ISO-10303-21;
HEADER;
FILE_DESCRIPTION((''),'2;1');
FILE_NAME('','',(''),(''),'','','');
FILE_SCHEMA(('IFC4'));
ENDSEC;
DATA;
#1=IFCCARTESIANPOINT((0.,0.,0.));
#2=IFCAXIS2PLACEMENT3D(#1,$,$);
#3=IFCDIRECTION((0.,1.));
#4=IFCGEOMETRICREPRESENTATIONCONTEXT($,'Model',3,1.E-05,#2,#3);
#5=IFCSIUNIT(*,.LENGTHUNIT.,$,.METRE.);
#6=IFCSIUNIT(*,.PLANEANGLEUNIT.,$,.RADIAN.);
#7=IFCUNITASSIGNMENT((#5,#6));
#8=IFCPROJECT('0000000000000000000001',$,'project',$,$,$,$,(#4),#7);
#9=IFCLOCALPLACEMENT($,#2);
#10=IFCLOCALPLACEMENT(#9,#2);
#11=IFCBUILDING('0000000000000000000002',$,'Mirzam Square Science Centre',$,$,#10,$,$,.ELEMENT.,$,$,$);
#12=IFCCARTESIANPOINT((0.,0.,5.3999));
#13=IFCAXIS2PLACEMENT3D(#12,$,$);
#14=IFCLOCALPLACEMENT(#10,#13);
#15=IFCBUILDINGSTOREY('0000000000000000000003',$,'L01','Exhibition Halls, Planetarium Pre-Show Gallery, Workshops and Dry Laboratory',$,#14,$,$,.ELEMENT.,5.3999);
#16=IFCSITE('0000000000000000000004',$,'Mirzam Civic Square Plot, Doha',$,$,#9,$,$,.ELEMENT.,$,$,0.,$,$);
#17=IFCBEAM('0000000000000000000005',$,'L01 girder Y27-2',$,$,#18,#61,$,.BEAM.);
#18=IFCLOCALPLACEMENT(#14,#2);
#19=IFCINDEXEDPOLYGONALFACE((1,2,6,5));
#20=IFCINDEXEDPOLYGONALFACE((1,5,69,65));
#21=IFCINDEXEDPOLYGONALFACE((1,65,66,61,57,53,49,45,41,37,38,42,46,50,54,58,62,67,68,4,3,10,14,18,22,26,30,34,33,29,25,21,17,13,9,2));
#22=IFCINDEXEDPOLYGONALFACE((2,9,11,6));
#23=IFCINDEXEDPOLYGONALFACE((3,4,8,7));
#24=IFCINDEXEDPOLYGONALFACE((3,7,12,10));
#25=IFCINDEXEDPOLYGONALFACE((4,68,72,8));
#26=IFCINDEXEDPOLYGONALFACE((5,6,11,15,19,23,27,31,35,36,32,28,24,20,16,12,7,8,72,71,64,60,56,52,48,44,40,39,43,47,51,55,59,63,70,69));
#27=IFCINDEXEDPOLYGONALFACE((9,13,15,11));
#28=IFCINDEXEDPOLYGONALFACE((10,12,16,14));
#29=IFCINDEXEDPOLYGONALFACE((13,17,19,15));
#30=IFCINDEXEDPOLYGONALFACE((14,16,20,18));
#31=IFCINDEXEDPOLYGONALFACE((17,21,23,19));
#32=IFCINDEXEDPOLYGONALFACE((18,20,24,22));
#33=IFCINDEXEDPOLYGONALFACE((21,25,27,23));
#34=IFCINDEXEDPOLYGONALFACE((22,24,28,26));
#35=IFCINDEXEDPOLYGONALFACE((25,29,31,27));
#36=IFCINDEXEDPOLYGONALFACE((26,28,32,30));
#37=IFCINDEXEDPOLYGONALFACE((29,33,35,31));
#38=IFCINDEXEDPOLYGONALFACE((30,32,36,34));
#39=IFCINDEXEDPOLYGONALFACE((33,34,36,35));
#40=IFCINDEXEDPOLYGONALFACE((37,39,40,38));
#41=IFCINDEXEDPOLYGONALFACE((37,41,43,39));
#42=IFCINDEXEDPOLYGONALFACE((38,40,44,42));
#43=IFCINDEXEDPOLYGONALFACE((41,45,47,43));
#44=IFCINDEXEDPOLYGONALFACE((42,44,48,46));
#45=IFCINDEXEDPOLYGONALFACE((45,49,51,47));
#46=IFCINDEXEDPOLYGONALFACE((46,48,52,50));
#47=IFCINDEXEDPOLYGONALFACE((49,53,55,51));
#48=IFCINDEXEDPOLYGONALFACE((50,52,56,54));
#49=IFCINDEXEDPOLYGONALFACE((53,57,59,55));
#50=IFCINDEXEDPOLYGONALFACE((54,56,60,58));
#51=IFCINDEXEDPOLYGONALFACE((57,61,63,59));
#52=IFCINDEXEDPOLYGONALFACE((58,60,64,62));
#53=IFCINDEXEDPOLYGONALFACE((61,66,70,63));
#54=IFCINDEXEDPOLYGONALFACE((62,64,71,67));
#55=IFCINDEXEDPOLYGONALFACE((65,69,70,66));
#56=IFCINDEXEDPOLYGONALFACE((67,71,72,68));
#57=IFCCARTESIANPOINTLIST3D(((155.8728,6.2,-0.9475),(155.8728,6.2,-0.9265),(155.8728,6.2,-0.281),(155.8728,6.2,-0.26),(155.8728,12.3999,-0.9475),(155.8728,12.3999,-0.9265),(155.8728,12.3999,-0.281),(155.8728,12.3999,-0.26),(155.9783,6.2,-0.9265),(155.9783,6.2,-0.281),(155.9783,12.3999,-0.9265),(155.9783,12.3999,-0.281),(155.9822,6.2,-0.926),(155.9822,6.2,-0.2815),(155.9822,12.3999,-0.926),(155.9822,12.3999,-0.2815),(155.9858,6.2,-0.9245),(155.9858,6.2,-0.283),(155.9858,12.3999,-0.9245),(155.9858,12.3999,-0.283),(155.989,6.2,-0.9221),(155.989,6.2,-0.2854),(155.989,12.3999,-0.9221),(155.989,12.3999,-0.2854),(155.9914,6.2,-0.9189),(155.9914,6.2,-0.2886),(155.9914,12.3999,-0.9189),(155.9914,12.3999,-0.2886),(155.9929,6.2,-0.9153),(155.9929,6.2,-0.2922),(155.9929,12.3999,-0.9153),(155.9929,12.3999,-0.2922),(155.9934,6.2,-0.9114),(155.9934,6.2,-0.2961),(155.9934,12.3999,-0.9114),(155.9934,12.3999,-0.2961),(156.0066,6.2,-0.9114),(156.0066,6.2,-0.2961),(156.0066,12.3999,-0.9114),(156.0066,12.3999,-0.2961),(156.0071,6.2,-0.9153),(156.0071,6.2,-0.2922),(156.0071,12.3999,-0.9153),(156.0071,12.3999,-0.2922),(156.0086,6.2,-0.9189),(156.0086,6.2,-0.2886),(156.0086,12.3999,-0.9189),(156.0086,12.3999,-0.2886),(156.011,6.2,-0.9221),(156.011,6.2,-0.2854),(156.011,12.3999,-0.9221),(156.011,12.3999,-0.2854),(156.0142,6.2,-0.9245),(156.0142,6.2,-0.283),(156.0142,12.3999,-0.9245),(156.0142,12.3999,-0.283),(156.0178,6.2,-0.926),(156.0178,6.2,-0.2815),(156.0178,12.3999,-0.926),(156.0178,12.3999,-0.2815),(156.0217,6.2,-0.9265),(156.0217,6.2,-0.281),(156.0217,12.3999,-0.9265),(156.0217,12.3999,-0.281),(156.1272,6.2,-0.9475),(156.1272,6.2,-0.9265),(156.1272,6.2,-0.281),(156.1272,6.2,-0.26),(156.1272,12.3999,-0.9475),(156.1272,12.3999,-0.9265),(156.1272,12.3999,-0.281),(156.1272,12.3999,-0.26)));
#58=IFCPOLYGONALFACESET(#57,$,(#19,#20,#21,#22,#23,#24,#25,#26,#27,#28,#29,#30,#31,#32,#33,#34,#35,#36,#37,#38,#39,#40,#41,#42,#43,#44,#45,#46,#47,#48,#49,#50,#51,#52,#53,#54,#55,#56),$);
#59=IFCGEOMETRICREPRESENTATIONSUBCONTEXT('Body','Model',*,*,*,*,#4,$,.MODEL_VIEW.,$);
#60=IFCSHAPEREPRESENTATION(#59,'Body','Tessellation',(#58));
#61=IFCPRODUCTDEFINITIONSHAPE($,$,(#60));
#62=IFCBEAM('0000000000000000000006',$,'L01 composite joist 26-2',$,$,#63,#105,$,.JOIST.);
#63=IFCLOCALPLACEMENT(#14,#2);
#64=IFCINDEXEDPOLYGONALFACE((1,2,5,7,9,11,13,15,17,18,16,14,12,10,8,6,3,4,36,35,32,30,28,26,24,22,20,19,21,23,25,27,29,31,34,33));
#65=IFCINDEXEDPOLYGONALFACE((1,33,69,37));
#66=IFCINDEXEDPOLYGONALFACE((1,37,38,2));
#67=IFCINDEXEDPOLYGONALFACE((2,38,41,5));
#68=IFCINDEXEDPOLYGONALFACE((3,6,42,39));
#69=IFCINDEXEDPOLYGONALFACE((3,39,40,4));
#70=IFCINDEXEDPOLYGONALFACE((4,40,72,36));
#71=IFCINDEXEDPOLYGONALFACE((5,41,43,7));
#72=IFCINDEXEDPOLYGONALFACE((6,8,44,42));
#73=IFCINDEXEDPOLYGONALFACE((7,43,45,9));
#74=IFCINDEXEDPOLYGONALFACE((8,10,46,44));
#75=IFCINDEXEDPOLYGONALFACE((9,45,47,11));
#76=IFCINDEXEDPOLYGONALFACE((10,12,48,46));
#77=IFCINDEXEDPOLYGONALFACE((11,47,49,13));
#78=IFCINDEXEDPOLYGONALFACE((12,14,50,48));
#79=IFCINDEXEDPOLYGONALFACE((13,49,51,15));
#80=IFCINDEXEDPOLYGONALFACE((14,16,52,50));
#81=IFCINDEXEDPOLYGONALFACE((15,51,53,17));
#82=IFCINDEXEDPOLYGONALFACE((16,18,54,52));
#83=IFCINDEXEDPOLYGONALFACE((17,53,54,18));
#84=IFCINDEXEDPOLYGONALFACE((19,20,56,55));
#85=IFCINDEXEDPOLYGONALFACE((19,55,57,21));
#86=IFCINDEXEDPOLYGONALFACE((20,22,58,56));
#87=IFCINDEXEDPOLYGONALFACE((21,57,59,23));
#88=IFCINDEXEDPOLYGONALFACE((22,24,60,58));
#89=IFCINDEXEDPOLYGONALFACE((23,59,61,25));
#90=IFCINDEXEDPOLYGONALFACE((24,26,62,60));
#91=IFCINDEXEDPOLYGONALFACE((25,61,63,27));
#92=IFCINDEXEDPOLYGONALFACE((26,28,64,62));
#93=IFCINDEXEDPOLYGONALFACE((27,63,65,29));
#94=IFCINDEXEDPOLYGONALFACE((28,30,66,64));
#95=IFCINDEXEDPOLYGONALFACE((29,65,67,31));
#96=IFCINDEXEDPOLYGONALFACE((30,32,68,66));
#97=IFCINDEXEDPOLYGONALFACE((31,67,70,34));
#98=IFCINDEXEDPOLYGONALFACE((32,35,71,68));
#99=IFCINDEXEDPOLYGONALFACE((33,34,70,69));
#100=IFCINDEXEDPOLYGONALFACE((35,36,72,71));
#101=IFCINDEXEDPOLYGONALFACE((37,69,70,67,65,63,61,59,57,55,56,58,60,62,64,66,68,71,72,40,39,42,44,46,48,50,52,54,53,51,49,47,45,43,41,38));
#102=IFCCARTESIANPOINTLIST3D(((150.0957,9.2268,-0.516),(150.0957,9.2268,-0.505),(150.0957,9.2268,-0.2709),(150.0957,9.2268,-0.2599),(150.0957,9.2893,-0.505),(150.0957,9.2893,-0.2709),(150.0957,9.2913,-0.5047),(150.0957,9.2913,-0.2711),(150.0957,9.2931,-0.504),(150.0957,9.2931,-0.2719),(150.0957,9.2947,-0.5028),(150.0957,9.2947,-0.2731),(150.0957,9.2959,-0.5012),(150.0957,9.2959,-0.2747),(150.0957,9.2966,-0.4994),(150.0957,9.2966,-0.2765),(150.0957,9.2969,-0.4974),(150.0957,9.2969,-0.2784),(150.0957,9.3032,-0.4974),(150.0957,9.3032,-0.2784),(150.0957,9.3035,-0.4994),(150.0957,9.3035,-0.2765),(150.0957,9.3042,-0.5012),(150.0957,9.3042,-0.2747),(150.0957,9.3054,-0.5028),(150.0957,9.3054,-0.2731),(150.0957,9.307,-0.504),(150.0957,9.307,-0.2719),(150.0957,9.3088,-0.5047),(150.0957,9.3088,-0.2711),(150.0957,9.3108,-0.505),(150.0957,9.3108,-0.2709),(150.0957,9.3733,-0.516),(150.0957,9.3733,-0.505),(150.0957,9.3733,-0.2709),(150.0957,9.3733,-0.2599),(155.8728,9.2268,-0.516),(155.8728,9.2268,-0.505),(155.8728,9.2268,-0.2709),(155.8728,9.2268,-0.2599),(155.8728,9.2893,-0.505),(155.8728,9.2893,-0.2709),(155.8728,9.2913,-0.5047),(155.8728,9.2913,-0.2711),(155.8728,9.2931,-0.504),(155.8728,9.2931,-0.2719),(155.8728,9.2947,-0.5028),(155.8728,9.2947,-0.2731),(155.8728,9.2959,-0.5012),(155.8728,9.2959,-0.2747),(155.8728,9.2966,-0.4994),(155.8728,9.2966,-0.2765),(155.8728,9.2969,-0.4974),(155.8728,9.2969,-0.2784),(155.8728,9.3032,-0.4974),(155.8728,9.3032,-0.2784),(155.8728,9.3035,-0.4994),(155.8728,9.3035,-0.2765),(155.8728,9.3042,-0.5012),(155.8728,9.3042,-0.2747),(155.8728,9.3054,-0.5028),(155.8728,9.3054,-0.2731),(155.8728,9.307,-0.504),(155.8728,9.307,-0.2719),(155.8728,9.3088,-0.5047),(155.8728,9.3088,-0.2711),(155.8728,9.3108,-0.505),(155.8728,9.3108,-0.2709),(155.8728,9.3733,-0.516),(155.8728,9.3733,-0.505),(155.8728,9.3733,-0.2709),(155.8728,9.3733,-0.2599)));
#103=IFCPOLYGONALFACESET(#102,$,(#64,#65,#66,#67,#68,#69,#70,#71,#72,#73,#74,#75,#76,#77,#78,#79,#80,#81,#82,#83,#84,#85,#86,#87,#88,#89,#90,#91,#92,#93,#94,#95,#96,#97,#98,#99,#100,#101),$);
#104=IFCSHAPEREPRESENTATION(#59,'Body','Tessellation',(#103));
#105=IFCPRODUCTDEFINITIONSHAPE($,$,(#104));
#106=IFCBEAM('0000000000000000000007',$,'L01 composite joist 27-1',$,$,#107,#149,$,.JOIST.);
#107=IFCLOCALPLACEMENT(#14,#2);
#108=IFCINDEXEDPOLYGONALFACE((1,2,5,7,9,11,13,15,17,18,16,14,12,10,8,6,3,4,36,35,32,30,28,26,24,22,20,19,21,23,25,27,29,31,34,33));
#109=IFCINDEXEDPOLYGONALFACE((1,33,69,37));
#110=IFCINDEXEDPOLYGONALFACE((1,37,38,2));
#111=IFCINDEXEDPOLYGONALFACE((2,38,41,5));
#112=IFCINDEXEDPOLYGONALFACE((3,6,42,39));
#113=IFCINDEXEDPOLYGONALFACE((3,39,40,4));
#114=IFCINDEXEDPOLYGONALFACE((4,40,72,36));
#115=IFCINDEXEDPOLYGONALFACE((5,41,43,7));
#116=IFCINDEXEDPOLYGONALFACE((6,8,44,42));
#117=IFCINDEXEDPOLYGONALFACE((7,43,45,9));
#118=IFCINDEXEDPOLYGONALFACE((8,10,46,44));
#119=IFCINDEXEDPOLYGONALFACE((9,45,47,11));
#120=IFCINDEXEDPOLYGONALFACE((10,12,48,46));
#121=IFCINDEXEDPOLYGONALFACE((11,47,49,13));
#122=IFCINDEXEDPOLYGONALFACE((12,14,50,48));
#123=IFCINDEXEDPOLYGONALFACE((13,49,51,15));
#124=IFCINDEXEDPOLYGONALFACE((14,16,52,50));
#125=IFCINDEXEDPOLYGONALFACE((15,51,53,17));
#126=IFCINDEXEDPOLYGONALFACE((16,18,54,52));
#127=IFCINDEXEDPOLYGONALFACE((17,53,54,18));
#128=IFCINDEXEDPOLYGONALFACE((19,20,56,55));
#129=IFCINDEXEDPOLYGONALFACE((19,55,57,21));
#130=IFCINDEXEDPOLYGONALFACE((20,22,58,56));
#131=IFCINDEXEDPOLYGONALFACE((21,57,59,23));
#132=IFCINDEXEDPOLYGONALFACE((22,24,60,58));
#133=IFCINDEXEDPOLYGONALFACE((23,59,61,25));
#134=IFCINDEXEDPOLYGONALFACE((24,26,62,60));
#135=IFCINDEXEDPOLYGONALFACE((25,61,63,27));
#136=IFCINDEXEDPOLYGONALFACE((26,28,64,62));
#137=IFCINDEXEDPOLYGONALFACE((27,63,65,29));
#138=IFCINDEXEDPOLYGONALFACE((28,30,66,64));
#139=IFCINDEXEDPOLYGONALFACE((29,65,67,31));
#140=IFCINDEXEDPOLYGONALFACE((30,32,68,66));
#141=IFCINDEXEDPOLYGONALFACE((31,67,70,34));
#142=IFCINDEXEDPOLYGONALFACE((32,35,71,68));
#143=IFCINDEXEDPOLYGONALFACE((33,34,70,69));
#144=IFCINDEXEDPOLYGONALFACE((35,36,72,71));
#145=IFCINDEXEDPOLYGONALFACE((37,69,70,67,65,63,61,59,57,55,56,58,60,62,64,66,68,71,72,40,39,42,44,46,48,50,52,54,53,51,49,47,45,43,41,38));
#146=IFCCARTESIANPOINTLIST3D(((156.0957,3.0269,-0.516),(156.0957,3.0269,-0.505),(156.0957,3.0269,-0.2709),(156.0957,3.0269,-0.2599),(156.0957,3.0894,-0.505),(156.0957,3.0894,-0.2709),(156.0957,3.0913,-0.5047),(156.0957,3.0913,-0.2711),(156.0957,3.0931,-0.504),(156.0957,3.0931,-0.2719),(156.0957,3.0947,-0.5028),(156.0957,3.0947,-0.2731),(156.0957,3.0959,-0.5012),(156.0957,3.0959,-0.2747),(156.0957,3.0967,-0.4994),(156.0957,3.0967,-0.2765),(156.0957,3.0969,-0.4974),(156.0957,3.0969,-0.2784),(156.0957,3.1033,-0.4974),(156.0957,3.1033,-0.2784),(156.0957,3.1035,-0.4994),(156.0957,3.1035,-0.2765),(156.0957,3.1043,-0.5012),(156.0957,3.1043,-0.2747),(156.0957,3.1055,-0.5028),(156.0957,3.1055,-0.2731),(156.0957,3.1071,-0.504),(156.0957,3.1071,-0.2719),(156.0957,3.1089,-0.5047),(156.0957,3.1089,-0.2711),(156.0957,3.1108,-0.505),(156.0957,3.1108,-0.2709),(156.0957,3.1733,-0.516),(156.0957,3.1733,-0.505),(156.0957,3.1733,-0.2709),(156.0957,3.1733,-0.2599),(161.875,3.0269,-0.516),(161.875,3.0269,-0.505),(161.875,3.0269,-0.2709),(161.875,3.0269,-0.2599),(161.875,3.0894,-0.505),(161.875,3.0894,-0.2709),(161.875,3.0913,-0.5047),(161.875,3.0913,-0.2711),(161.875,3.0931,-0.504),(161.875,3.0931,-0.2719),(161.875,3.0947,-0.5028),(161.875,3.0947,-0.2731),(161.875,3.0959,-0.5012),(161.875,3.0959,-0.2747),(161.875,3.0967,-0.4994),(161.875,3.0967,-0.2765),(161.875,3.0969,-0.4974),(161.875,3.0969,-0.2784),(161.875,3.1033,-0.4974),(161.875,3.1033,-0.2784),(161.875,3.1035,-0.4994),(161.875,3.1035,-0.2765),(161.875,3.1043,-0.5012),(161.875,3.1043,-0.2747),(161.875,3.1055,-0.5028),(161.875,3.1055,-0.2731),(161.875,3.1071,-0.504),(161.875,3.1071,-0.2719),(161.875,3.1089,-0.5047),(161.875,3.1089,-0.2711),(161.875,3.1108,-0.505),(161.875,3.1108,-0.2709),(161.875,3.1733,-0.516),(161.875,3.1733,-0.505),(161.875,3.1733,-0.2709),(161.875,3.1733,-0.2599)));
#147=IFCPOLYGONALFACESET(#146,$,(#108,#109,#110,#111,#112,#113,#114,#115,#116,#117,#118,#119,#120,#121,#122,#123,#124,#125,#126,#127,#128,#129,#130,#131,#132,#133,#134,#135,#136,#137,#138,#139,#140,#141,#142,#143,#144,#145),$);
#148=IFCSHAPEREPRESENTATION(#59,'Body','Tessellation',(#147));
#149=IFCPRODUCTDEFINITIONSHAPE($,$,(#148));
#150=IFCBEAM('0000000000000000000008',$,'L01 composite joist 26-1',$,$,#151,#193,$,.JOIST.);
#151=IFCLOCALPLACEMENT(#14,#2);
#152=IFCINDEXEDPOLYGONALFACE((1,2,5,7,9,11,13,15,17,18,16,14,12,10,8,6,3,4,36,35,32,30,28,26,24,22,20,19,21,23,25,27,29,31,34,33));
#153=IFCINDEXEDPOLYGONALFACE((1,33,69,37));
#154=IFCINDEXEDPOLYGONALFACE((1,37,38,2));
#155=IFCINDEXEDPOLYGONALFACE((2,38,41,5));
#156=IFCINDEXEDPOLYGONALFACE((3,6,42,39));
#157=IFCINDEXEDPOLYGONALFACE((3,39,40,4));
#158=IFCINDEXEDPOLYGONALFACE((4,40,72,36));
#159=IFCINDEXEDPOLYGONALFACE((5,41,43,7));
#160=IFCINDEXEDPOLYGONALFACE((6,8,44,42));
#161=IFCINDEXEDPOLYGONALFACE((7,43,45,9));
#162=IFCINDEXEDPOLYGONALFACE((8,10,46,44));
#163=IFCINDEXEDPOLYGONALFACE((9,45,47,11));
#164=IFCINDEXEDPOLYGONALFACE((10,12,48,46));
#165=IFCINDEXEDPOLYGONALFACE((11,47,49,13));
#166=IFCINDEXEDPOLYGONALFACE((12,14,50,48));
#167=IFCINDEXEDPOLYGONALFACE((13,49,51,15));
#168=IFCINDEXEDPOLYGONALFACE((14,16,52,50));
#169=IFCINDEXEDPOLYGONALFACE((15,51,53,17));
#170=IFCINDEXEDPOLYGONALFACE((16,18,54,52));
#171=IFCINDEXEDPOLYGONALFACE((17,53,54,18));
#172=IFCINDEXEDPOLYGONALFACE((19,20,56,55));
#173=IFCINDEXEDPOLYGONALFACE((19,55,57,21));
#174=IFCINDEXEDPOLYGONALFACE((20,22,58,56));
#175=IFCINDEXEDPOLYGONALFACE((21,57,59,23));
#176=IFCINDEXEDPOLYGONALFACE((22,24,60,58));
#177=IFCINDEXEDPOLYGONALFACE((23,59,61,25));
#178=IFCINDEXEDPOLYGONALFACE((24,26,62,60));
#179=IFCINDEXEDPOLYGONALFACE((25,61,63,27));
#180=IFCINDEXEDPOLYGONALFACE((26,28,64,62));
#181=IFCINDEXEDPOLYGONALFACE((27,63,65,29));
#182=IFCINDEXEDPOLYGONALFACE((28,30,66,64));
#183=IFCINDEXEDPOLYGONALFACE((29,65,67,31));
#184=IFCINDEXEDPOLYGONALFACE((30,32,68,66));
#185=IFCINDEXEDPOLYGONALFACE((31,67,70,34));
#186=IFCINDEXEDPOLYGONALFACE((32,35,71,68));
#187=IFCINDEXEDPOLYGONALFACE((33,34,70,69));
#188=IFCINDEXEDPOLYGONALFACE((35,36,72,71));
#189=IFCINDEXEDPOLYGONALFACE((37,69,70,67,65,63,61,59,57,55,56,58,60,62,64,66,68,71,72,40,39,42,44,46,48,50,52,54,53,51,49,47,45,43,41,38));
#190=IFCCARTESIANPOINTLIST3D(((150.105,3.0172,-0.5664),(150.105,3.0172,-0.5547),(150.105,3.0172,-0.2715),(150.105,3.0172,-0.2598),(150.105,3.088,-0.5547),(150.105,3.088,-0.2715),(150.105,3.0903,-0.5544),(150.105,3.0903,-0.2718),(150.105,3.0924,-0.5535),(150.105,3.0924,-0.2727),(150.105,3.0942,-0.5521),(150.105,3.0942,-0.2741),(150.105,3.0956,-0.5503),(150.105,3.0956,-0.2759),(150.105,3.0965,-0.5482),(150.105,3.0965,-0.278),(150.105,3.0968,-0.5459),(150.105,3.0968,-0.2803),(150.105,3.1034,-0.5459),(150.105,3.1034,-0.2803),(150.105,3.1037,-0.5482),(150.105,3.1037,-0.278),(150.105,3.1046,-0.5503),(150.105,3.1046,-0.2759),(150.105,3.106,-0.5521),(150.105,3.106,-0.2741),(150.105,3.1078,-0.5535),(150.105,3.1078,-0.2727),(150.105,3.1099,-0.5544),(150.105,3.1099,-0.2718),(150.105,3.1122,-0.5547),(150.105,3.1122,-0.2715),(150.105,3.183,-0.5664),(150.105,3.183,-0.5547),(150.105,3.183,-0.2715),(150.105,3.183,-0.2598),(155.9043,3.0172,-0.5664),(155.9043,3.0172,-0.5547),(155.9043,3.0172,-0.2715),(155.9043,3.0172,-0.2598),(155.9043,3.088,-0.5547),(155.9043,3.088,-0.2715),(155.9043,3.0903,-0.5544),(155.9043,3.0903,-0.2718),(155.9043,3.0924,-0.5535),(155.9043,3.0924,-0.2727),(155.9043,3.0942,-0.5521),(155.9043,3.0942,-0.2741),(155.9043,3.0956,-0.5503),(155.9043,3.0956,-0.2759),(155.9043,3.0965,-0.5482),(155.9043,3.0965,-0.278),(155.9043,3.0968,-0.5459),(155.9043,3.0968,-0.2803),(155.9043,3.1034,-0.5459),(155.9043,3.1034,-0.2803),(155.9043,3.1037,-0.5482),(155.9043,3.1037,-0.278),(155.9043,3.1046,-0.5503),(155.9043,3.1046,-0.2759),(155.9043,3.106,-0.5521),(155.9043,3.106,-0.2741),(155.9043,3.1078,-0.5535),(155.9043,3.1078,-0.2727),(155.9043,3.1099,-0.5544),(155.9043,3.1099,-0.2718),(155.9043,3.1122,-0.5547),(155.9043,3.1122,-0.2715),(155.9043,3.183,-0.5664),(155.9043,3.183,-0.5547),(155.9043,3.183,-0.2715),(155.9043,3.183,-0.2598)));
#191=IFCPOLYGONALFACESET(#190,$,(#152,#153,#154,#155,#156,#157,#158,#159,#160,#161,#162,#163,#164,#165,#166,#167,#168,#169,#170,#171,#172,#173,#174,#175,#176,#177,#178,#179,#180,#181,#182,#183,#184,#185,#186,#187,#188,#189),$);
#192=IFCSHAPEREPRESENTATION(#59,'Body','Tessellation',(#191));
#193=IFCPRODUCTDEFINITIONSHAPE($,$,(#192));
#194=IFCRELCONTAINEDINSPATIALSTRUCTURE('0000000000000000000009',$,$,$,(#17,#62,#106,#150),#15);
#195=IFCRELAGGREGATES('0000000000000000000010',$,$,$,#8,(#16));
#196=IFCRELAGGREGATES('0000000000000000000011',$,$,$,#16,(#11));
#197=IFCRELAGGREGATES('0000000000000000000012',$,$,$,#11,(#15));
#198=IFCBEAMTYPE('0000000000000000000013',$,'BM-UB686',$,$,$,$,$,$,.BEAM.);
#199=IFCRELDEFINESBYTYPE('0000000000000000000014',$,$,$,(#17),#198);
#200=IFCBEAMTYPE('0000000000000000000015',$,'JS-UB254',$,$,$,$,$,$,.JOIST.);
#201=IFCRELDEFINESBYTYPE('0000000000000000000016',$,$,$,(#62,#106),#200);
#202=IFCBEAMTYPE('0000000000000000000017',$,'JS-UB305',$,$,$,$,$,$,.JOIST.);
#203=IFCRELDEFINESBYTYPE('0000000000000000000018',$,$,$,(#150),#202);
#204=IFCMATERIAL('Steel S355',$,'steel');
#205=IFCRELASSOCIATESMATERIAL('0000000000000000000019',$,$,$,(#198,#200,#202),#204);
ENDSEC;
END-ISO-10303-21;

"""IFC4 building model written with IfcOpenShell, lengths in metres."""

from ifc_helpers import new_model, si_unit, direction, frame, origin, origin_2d, place, context, subcontext, project, spatial, i_section, extrude, material, material_profile, profile_set, type_object, element, save


model = new_model("IFC4")

# Units and contexts
model_context = context("Model", 3, precision=1e-05, world=origin(), true_north=direction((0.0, 1.0)))
body_context = subcontext(model_context, "Body", "Model", "MODEL_VIEW")
ifc_project = project(units=[si_unit("LENGTHUNIT", "METRE"), si_unit("PLANEANGLEUNIT", "RADIAN")], contexts=[model_context])

# Site, building, storey
site_placement = place(None, origin())
site = spatial("IfcSite", under=ifc_project, at=site_placement, Name="Mirzam Civic Square Plot, Doha", CompositionType="ELEMENT", RefElevation=0.0)
building_placement = place(site_placement, origin())
building = spatial("IfcBuilding", under=site, at=building_placement, Name="Mirzam Square Science Centre", CompositionType="ELEMENT")
storey_placement = place(building_placement, frame((0.0, 0.0, 5.3999)))
storey = spatial("IfcBuildingStorey", under=building, at=storey_placement, Name="L01", Description="Exhibition Halls, Planetarium Pre-Show Gallery, Workshops and Dry Laboratory", CompositionType="ELEMENT", Elevation=5.3999)

# Shared definitions
ifc_material_1 = material(Name="Steel S355", Category="steel")

# Beams
ifc_material_profile_1 = material_profile(ifc_material_1, i_section(OverallWidth=0.2544, OverallDepth=0.6875, WebThickness=0.0132, FlangeThickness=0.021, FilletRadius=0.0151, at=origin_2d()), Name="686x254x152UB")
ifc_profile_set_1 = profile_set([ifc_material_profile_1], Name="Steel S355")
beam_type_1 = type_object("IfcBeamType", Name="BM-UB686", PredefinedType="BEAM", material=ifc_profile_set_1)
beam_1_placement = place(storey_placement, frame((156.0, 6.2, -0.6038), z_axis=(0.0, 1.0, 0.0), x_axis=(-1.0, 0.0, 0.0)))
element("IfcBeam", 1, at=beam_1_placement, inside=storey, type_object=beam_type_1, Name="L01 girder Y27-2", PredefinedType="BEAM", context=body_context, shape_type="SweptSolid", body=[
    extrude(i_section(OverallWidth=0.2544, OverallDepth=0.6875, WebThickness=0.0132, FlangeThickness=0.021, FilletRadius=0.0151, at=origin_2d()), origin(), (0.0, 0.0, 1.0), 6.2),
])
ifc_material_profile_2 = material_profile(ifc_material_1, i_section(OverallWidth=0.1465, OverallDepth=0.2561, WebThickness=0.0063, FlangeThickness=0.011, FilletRadius=0.0076, at=origin_2d()), Name="254x146x37UB")
ifc_profile_set_2 = profile_set([ifc_material_profile_2], Name="Steel S355")
beam_type_2 = type_object("IfcBeamType", Name="JS-UB254", PredefinedType="JOIST", material=ifc_profile_set_2)
beam_2_placement = place(storey_placement, frame((150.0957, 9.3, -0.3879), z_axis=(1.0, 0.0, 0.0), x_axis=(0.0, 1.0, 0.0)))
element("IfcBeam", 2, at=beam_2_placement, inside=storey, type_object=beam_type_2, Name="L01 composite joist 26-2", PredefinedType="JOIST", context=body_context, shape_type="SweptSolid", body=[
    extrude(i_section(OverallWidth=0.1465, OverallDepth=0.2561, WebThickness=0.0063, FlangeThickness=0.011, FilletRadius=0.0076, at=origin_2d()), origin(), (0.0, 0.0, 1.0), 5.7771),
])
beam_3_placement = place(storey_placement, frame((156.0957, 3.1001, -0.3879), z_axis=(1.0, 0.0, 0.0), x_axis=(0.0, 1.0, 0.0)))
element("IfcBeam", 3, at=beam_3_placement, inside=storey, type_object=beam_type_2, Name="L01 composite joist 27-1", PredefinedType="JOIST", context=body_context, shape_type="SweptSolid", body=[
    extrude(i_section(OverallWidth=0.1465, OverallDepth=0.2561, WebThickness=0.0063, FlangeThickness=0.011, FilletRadius=0.0076, at=origin_2d()), origin(), (0.0, 0.0, 1.0), 5.7793),
])
ifc_material_profile_3 = material_profile(ifc_material_1, i_section(OverallWidth=0.1658, OverallDepth=0.3066, WebThickness=0.0066, FlangeThickness=0.0117, FilletRadius=0.0088, at=origin_2d()), Name="305x165x46UB")
ifc_profile_set_3 = profile_set([ifc_material_profile_3], Name="Steel S355")
beam_type_3 = type_object("IfcBeamType", Name="JS-UB305", PredefinedType="JOIST", material=ifc_profile_set_3)
beam_4_placement = place(storey_placement, frame((150.105, 3.1001, -0.4131), z_axis=(1.0, 0.0, 0.0), x_axis=(0.0, 1.0, 0.0)))
element("IfcBeam", 4, at=beam_4_placement, inside=storey, type_object=beam_type_3, Name="L01 composite joist 26-1", PredefinedType="JOIST", context=body_context, shape_type="SweptSolid", body=[
    extrude(i_section(OverallWidth=0.1658, OverallDepth=0.3066, WebThickness=0.0066, FlangeThickness=0.0117, FilletRadius=0.0088, at=origin_2d()), origin(), (0.0, 0.0, 1.0), 5.7993),
])

save(model, "model.ifc")
